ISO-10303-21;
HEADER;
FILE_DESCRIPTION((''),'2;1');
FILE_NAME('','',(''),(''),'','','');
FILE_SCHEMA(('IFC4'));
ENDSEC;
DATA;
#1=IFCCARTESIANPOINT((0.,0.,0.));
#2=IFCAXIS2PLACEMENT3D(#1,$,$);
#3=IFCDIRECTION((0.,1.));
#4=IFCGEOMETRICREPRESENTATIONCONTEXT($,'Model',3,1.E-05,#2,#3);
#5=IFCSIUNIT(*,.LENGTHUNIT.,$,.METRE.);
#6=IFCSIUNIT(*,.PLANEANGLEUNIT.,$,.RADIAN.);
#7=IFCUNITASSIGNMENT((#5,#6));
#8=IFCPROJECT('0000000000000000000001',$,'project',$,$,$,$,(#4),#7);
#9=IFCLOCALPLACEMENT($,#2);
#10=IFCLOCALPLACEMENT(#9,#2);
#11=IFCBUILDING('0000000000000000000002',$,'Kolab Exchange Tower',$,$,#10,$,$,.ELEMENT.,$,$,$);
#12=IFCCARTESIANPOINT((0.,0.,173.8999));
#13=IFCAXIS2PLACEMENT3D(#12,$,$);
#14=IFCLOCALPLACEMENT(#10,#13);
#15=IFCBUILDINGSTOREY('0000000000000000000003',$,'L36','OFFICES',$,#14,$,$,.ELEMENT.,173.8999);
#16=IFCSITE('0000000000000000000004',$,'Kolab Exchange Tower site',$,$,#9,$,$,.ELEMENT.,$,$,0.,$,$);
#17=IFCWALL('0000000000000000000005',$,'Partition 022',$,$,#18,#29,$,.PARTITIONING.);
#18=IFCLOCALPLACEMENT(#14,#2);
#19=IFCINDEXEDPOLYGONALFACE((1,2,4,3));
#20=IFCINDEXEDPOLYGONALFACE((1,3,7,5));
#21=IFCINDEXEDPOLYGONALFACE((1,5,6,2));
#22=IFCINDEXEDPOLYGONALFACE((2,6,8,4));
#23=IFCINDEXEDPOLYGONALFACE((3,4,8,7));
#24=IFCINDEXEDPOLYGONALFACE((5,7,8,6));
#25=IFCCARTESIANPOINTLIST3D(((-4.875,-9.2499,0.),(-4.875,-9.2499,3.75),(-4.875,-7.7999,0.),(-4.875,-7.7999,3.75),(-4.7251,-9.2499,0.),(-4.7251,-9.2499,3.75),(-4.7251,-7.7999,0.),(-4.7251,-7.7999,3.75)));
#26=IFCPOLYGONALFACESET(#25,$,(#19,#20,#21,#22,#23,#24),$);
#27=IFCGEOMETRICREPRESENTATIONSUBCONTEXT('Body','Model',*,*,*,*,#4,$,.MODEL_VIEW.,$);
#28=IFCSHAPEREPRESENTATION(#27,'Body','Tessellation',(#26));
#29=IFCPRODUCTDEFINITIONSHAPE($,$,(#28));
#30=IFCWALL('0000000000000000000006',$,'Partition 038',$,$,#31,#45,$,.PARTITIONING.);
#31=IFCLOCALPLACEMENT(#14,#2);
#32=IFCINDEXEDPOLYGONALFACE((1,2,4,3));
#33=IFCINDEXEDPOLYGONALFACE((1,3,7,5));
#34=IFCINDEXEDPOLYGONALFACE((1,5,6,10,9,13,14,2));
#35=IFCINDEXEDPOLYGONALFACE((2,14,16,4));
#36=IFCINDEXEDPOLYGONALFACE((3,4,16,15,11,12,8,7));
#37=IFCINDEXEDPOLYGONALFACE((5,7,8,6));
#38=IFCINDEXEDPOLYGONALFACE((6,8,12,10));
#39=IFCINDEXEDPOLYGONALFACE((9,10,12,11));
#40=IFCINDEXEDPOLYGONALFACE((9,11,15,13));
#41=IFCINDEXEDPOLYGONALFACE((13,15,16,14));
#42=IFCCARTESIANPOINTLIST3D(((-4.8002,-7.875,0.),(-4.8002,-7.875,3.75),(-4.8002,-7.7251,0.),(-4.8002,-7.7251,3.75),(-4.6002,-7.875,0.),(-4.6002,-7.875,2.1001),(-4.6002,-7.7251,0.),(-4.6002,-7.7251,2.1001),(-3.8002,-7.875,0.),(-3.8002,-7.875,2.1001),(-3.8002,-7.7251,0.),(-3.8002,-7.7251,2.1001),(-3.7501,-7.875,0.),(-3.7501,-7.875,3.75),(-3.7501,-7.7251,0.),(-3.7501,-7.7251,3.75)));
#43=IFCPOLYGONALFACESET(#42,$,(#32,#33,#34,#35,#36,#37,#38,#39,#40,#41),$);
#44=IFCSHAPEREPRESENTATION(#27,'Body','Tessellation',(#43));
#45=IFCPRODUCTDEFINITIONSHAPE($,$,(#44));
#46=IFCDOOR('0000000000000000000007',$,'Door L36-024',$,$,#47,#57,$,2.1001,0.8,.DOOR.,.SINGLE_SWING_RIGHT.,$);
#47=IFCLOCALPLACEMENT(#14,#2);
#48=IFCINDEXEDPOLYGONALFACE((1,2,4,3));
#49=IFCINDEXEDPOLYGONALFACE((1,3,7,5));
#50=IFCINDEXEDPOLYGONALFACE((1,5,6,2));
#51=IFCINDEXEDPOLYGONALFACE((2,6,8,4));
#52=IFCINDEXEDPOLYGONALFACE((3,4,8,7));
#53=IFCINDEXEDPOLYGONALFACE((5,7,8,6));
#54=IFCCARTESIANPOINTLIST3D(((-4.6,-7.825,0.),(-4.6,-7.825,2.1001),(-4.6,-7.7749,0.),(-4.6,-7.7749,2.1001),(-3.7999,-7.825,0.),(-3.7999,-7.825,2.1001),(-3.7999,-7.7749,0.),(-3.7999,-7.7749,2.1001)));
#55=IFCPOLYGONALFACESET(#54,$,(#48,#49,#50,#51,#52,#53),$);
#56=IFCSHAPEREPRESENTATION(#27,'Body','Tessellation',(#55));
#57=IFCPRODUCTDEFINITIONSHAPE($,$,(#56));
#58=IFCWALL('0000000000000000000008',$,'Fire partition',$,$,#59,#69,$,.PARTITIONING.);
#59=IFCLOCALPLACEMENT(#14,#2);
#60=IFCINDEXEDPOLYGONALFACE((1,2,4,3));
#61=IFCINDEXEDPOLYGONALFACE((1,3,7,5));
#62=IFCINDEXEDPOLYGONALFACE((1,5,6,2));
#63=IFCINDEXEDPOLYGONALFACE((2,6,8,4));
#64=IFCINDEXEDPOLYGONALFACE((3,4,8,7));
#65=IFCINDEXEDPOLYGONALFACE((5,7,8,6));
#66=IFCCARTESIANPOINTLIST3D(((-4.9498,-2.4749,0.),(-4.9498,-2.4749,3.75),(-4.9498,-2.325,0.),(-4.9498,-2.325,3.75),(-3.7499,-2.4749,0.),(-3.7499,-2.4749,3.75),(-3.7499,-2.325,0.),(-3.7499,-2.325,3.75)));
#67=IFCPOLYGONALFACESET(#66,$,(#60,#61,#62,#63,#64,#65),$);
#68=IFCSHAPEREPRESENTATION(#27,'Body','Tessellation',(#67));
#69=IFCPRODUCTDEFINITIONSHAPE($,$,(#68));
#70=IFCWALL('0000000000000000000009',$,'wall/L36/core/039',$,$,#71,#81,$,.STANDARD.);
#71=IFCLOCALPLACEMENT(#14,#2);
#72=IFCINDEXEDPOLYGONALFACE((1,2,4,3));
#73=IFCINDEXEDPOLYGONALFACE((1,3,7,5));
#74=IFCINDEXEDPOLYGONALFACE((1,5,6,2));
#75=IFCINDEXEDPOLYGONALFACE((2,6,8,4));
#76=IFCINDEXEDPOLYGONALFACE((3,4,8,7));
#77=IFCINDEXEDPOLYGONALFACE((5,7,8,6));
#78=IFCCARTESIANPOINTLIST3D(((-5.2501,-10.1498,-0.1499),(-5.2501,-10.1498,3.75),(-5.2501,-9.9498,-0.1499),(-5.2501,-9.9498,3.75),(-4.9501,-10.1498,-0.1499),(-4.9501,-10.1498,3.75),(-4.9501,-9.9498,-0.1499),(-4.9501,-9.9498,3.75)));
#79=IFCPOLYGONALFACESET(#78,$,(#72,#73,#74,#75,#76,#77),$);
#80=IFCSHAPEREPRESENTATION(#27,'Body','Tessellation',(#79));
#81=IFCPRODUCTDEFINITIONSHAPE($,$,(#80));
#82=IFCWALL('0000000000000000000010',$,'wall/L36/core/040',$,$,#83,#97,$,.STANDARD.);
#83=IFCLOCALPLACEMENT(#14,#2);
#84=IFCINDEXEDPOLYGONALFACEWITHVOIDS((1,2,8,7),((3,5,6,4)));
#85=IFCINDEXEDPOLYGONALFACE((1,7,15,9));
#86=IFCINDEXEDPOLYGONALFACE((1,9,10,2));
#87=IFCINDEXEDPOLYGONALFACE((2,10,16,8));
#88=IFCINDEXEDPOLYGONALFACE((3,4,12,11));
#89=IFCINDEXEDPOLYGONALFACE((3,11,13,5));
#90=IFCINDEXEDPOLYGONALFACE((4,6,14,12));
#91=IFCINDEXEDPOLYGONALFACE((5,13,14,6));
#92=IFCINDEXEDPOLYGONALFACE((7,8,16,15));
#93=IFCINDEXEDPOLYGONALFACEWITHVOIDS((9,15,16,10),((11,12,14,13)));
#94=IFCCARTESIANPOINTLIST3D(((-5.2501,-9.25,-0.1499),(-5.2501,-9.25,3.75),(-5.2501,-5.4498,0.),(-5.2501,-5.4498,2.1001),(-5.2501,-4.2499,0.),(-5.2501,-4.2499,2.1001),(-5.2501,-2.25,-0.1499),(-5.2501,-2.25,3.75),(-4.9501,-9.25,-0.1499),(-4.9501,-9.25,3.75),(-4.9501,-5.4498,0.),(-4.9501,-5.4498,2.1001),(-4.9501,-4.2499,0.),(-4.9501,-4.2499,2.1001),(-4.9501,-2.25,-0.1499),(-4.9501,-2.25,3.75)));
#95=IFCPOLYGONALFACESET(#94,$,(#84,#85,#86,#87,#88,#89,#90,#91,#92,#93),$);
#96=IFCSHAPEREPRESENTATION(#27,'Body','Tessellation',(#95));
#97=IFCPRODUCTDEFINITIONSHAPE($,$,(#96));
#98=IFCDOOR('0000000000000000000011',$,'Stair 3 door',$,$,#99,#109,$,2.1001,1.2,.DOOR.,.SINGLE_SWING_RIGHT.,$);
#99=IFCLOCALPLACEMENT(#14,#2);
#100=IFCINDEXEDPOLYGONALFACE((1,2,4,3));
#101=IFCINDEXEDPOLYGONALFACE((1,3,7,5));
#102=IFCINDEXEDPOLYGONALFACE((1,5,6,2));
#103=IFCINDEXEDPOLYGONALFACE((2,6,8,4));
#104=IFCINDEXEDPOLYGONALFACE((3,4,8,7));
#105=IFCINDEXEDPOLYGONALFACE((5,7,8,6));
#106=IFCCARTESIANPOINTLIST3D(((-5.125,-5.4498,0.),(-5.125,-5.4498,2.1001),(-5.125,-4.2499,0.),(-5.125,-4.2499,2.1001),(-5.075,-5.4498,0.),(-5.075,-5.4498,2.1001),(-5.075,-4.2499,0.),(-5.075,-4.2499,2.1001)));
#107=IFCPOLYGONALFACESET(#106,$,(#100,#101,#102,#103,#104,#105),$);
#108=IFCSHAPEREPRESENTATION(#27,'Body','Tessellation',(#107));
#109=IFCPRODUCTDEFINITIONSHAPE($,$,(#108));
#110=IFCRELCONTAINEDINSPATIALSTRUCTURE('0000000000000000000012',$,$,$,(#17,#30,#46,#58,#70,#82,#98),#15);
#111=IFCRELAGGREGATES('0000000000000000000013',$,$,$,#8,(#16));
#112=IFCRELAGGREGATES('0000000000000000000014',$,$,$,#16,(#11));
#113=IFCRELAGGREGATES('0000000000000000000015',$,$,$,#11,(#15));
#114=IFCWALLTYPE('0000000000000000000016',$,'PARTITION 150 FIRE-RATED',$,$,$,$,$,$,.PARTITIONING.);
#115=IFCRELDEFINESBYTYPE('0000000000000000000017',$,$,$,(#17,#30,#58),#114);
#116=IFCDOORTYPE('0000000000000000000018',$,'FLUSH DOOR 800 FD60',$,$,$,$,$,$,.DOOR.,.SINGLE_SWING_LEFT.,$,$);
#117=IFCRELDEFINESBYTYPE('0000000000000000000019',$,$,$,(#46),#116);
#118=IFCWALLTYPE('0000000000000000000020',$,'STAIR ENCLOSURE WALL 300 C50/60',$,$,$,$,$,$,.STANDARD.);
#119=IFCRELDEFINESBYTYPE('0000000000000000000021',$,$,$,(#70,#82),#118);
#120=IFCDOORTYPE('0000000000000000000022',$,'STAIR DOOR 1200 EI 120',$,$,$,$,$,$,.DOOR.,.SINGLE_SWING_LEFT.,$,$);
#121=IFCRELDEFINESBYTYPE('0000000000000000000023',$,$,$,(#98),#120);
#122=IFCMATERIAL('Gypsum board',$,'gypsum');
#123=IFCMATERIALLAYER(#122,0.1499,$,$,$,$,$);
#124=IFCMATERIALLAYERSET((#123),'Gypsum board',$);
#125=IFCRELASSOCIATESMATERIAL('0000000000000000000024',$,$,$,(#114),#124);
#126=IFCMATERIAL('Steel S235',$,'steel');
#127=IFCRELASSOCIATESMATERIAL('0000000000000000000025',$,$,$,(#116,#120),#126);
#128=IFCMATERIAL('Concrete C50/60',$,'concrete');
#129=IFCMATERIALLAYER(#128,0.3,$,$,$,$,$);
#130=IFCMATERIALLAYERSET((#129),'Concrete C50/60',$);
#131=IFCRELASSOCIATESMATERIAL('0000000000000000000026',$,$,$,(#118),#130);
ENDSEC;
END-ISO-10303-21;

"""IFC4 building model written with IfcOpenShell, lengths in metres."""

from ifc_helpers import new_model, si_unit, direction, frame, frame_2d, origin, place, context, subcontext, project, spatial, rectangle, extrude, material, layer, layer_set, type_object, element, fill, save


model = new_model("IFC4")

# Units and contexts
model_context = context("Model", 3, precision=1e-05, world=origin(), true_north=direction((0.0, 1.0)))
body_context = subcontext(model_context, "Body", "Model", "MODEL_VIEW")
ifc_project = project(units=[si_unit("LENGTHUNIT", "METRE"), si_unit("PLANEANGLEUNIT", "RADIAN")], contexts=[model_context])

# Site, building, storey
site_placement = place(None, origin())
site = spatial("IfcSite", under=ifc_project, at=site_placement, Name="Kolab Exchange Tower site", CompositionType="ELEMENT", RefElevation=0.0)
building_placement = place(site_placement, origin())
building = spatial("IfcBuilding", under=site, at=building_placement, Name="Kolab Exchange Tower", CompositionType="ELEMENT")
storey_placement = place(building_placement, frame((0.0, 0.0, 173.8999)))
storey = spatial("IfcBuildingStorey", under=building, at=storey_placement, Name="L36", Description="OFFICES", CompositionType="ELEMENT", Elevation=173.8999)

# Shared definitions
ifc_material_1 = material(Name="Concrete C50/60", Category="concrete")

# Wall
ifc_material_2 = material(Name="Gypsum board", Category="gypsum")
ifc_layer_1 = layer(ifc_material_2, 0.1499)
ifc_layer_set_1 = layer_set([ifc_layer_1], Name="Gypsum board")
wall_type_1 = type_object("IfcWallType", Name="PARTITION 150 FIRE-RATED", PredefinedType="PARTITIONING", material=ifc_layer_set_1)
wall_1_placement = place(storey_placement, frame((-4.8, -9.25, 0.0), z_axis=(0.0, 0.0, 1.0), x_axis=(0.0, 1.0, 0.0)))
element("IfcWall", 1, at=wall_1_placement, inside=storey, type_object=wall_type_1, Name="Partition 022", PredefinedType="PARTITIONING", context=body_context, shape_type="SweptSolid", body=[
    extrude(rectangle(XDim=1.45, YDim=0.1499, at=frame_2d((0.7251, 0.0))), origin(), (0.0, 0.0, 1.0), 3.75),
])

# Wall, opening, door
wall_2_placement = place(storey_placement, frame((-4.8, -7.8, 0.0), z_axis=(0.0, 0.0, 1.0), x_axis=(1.0, 0.0, 0.0)))
wall_2 = element("IfcWall", 2, at=wall_2_placement, inside=storey, type_object=wall_type_1, Name="Partition 038", PredefinedType="PARTITIONING", context=body_context, shape_type="SweptSolid", body=[
    extrude(rectangle(XDim=1.05, YDim=0.1499, at=frame_2d((0.5249, 0.0))), origin(), (0.0, 0.0, 1.0), 3.75),
])
opening_1_placement = place(wall_2_placement, frame((0.2, 0.0, 0.0)))
opening_1 = element("IfcOpeningElement", 3, at=opening_1_placement, cuts=wall_2, PredefinedType="OPENING", context=body_context, shape_type="SweptSolid", body=[
    extrude(rectangle(XDim=0.8, YDim=2.1001, at=frame_2d((0.3999, 1.05))), frame((0.0, 0.085, 0.0), z_axis=(0.0, -1.0, 0.0), x_axis=(1.0, 0.0, 0.0)), (0.0, 0.0, 1.0), 0.1699),
])
ifc_material_3 = material(Name="Steel S235", Category="steel")
door_type_1 = type_object("IfcDoorType", Name="FLUSH DOOR 800 FD60", OperationType="SINGLE_SWING_LEFT", PredefinedType="DOOR", material=ifc_material_3)
door_1_placement = place(opening_1_placement, frame((0.8, 0.0, 0.0), z_axis=(0.0, 0.0, 1.0), x_axis=(-1.0, 0.0, 0.0)))
door_1 = element("IfcDoor", 4, at=door_1_placement, inside=storey, type_object=door_type_1, Name="Door L36-024", OperationType="SINGLE_SWING_RIGHT", OverallHeight=2.1001, OverallWidth=0.8, PredefinedType="DOOR", context=body_context, shape_type="SweptSolid", body=[
    extrude(rectangle(XDim=0.8, YDim=2.1001, at=frame_2d((0.3999, 1.05))), frame((0.0, 0.0249, 0.0), z_axis=(0.0, -1.0, 0.0), x_axis=(1.0, 0.0, 0.0)), (0.0, 0.0, 1.0), 0.05),
])
fill(opening_1, door_1)

# Walls
wall_3_placement = place(storey_placement, frame((-4.95, -2.3999, 0.0), z_axis=(0.0, 0.0, 1.0), x_axis=(1.0, 0.0, 0.0)))
element("IfcWall", 5, at=wall_3_placement, inside=storey, type_object=wall_type_1, Name="Fire partition", PredefinedType="PARTITIONING", context=body_context, shape_type="SweptSolid", body=[
    extrude(rectangle(XDim=1.2, YDim=0.1499, at=frame_2d((0.6001, 0.0))), origin(), (0.0, 0.0, 1.0), 3.75),
])
ifc_layer_2 = layer(ifc_material_1, 0.3)
ifc_layer_set_2 = layer_set([ifc_layer_2], Name="Concrete C50/60")
wall_type_2 = type_object("IfcWallType", Name="STAIR ENCLOSURE WALL 300 C50/60", PredefinedType="STANDARD", material=ifc_layer_set_2)
wall_4_placement = place(storey_placement, frame((-5.1001, -10.1499, -0.1499), z_axis=(0.0, 0.0, 1.0), x_axis=(0.0, 1.0, 0.0)))
element("IfcWall", 6, at=wall_4_placement, inside=storey, type_object=wall_type_2, Name="wall/L36/core/039", PredefinedType="STANDARD", context=body_context, shape_type="SweptSolid", body=[
    extrude(rectangle(XDim=0.2, YDim=0.3, at=frame_2d((0.1001, 0.0))), origin(), (0.0, 0.0, 1.0), 3.8999),
])

# Wall, opening, door
wall_5_placement = place(storey_placement, frame((-5.1001, -9.25, -0.1499), z_axis=(0.0, 0.0, 1.0), x_axis=(0.0, 1.0, 0.0)))
wall_5 = element("IfcWall", 7, at=wall_5_placement, inside=storey, type_object=wall_type_2, Name="wall/L36/core/040", PredefinedType="STANDARD", context=body_context, shape_type="SweptSolid", body=[
    extrude(rectangle(XDim=7.0, YDim=0.3, at=frame_2d((3.5, 0.0))), origin(), (0.0, 0.0, 1.0), 3.8999),
])
opening_2_placement = place(wall_5_placement, frame((3.8, 0.0, 0.1499)))
opening_2 = element("IfcOpeningElement", 8, at=opening_2_placement, cuts=wall_5, PredefinedType="OPENING", context=body_context, shape_type="SweptSolid", body=[
    extrude(rectangle(XDim=1.2, YDim=2.1001, at=frame_2d((0.6001, 1.05))), frame((0.0, 0.1602, 0.0), z_axis=(0.0, -1.0, 0.0), x_axis=(1.0, 0.0, 0.0)), (0.0, 0.0, 1.0), 0.3201),
])
door_type_2 = type_object("IfcDoorType", Name="STAIR DOOR 1200 EI 120", OperationType="SINGLE_SWING_LEFT", PredefinedType="DOOR", material=ifc_material_3)
door_2_placement = place(opening_2_placement, origin())
door_2 = element("IfcDoor", 9, at=door_2_placement, inside=storey, type_object=door_type_2, Name="Stair 3 door", OperationType="SINGLE_SWING_RIGHT", OverallHeight=2.1001, OverallWidth=1.2, PredefinedType="DOOR", context=body_context, shape_type="SweptSolid", body=[
    extrude(rectangle(XDim=1.2, YDim=2.1001, at=frame_2d((0.6001, 1.05))), frame((0.0, 0.0249, 0.0), z_axis=(0.0, -1.0, 0.0), x_axis=(1.0, 0.0, 0.0)), (0.0, 0.0, 1.0), 0.05),
])
fill(opening_2, door_2)

save(model, "model.ifc")
